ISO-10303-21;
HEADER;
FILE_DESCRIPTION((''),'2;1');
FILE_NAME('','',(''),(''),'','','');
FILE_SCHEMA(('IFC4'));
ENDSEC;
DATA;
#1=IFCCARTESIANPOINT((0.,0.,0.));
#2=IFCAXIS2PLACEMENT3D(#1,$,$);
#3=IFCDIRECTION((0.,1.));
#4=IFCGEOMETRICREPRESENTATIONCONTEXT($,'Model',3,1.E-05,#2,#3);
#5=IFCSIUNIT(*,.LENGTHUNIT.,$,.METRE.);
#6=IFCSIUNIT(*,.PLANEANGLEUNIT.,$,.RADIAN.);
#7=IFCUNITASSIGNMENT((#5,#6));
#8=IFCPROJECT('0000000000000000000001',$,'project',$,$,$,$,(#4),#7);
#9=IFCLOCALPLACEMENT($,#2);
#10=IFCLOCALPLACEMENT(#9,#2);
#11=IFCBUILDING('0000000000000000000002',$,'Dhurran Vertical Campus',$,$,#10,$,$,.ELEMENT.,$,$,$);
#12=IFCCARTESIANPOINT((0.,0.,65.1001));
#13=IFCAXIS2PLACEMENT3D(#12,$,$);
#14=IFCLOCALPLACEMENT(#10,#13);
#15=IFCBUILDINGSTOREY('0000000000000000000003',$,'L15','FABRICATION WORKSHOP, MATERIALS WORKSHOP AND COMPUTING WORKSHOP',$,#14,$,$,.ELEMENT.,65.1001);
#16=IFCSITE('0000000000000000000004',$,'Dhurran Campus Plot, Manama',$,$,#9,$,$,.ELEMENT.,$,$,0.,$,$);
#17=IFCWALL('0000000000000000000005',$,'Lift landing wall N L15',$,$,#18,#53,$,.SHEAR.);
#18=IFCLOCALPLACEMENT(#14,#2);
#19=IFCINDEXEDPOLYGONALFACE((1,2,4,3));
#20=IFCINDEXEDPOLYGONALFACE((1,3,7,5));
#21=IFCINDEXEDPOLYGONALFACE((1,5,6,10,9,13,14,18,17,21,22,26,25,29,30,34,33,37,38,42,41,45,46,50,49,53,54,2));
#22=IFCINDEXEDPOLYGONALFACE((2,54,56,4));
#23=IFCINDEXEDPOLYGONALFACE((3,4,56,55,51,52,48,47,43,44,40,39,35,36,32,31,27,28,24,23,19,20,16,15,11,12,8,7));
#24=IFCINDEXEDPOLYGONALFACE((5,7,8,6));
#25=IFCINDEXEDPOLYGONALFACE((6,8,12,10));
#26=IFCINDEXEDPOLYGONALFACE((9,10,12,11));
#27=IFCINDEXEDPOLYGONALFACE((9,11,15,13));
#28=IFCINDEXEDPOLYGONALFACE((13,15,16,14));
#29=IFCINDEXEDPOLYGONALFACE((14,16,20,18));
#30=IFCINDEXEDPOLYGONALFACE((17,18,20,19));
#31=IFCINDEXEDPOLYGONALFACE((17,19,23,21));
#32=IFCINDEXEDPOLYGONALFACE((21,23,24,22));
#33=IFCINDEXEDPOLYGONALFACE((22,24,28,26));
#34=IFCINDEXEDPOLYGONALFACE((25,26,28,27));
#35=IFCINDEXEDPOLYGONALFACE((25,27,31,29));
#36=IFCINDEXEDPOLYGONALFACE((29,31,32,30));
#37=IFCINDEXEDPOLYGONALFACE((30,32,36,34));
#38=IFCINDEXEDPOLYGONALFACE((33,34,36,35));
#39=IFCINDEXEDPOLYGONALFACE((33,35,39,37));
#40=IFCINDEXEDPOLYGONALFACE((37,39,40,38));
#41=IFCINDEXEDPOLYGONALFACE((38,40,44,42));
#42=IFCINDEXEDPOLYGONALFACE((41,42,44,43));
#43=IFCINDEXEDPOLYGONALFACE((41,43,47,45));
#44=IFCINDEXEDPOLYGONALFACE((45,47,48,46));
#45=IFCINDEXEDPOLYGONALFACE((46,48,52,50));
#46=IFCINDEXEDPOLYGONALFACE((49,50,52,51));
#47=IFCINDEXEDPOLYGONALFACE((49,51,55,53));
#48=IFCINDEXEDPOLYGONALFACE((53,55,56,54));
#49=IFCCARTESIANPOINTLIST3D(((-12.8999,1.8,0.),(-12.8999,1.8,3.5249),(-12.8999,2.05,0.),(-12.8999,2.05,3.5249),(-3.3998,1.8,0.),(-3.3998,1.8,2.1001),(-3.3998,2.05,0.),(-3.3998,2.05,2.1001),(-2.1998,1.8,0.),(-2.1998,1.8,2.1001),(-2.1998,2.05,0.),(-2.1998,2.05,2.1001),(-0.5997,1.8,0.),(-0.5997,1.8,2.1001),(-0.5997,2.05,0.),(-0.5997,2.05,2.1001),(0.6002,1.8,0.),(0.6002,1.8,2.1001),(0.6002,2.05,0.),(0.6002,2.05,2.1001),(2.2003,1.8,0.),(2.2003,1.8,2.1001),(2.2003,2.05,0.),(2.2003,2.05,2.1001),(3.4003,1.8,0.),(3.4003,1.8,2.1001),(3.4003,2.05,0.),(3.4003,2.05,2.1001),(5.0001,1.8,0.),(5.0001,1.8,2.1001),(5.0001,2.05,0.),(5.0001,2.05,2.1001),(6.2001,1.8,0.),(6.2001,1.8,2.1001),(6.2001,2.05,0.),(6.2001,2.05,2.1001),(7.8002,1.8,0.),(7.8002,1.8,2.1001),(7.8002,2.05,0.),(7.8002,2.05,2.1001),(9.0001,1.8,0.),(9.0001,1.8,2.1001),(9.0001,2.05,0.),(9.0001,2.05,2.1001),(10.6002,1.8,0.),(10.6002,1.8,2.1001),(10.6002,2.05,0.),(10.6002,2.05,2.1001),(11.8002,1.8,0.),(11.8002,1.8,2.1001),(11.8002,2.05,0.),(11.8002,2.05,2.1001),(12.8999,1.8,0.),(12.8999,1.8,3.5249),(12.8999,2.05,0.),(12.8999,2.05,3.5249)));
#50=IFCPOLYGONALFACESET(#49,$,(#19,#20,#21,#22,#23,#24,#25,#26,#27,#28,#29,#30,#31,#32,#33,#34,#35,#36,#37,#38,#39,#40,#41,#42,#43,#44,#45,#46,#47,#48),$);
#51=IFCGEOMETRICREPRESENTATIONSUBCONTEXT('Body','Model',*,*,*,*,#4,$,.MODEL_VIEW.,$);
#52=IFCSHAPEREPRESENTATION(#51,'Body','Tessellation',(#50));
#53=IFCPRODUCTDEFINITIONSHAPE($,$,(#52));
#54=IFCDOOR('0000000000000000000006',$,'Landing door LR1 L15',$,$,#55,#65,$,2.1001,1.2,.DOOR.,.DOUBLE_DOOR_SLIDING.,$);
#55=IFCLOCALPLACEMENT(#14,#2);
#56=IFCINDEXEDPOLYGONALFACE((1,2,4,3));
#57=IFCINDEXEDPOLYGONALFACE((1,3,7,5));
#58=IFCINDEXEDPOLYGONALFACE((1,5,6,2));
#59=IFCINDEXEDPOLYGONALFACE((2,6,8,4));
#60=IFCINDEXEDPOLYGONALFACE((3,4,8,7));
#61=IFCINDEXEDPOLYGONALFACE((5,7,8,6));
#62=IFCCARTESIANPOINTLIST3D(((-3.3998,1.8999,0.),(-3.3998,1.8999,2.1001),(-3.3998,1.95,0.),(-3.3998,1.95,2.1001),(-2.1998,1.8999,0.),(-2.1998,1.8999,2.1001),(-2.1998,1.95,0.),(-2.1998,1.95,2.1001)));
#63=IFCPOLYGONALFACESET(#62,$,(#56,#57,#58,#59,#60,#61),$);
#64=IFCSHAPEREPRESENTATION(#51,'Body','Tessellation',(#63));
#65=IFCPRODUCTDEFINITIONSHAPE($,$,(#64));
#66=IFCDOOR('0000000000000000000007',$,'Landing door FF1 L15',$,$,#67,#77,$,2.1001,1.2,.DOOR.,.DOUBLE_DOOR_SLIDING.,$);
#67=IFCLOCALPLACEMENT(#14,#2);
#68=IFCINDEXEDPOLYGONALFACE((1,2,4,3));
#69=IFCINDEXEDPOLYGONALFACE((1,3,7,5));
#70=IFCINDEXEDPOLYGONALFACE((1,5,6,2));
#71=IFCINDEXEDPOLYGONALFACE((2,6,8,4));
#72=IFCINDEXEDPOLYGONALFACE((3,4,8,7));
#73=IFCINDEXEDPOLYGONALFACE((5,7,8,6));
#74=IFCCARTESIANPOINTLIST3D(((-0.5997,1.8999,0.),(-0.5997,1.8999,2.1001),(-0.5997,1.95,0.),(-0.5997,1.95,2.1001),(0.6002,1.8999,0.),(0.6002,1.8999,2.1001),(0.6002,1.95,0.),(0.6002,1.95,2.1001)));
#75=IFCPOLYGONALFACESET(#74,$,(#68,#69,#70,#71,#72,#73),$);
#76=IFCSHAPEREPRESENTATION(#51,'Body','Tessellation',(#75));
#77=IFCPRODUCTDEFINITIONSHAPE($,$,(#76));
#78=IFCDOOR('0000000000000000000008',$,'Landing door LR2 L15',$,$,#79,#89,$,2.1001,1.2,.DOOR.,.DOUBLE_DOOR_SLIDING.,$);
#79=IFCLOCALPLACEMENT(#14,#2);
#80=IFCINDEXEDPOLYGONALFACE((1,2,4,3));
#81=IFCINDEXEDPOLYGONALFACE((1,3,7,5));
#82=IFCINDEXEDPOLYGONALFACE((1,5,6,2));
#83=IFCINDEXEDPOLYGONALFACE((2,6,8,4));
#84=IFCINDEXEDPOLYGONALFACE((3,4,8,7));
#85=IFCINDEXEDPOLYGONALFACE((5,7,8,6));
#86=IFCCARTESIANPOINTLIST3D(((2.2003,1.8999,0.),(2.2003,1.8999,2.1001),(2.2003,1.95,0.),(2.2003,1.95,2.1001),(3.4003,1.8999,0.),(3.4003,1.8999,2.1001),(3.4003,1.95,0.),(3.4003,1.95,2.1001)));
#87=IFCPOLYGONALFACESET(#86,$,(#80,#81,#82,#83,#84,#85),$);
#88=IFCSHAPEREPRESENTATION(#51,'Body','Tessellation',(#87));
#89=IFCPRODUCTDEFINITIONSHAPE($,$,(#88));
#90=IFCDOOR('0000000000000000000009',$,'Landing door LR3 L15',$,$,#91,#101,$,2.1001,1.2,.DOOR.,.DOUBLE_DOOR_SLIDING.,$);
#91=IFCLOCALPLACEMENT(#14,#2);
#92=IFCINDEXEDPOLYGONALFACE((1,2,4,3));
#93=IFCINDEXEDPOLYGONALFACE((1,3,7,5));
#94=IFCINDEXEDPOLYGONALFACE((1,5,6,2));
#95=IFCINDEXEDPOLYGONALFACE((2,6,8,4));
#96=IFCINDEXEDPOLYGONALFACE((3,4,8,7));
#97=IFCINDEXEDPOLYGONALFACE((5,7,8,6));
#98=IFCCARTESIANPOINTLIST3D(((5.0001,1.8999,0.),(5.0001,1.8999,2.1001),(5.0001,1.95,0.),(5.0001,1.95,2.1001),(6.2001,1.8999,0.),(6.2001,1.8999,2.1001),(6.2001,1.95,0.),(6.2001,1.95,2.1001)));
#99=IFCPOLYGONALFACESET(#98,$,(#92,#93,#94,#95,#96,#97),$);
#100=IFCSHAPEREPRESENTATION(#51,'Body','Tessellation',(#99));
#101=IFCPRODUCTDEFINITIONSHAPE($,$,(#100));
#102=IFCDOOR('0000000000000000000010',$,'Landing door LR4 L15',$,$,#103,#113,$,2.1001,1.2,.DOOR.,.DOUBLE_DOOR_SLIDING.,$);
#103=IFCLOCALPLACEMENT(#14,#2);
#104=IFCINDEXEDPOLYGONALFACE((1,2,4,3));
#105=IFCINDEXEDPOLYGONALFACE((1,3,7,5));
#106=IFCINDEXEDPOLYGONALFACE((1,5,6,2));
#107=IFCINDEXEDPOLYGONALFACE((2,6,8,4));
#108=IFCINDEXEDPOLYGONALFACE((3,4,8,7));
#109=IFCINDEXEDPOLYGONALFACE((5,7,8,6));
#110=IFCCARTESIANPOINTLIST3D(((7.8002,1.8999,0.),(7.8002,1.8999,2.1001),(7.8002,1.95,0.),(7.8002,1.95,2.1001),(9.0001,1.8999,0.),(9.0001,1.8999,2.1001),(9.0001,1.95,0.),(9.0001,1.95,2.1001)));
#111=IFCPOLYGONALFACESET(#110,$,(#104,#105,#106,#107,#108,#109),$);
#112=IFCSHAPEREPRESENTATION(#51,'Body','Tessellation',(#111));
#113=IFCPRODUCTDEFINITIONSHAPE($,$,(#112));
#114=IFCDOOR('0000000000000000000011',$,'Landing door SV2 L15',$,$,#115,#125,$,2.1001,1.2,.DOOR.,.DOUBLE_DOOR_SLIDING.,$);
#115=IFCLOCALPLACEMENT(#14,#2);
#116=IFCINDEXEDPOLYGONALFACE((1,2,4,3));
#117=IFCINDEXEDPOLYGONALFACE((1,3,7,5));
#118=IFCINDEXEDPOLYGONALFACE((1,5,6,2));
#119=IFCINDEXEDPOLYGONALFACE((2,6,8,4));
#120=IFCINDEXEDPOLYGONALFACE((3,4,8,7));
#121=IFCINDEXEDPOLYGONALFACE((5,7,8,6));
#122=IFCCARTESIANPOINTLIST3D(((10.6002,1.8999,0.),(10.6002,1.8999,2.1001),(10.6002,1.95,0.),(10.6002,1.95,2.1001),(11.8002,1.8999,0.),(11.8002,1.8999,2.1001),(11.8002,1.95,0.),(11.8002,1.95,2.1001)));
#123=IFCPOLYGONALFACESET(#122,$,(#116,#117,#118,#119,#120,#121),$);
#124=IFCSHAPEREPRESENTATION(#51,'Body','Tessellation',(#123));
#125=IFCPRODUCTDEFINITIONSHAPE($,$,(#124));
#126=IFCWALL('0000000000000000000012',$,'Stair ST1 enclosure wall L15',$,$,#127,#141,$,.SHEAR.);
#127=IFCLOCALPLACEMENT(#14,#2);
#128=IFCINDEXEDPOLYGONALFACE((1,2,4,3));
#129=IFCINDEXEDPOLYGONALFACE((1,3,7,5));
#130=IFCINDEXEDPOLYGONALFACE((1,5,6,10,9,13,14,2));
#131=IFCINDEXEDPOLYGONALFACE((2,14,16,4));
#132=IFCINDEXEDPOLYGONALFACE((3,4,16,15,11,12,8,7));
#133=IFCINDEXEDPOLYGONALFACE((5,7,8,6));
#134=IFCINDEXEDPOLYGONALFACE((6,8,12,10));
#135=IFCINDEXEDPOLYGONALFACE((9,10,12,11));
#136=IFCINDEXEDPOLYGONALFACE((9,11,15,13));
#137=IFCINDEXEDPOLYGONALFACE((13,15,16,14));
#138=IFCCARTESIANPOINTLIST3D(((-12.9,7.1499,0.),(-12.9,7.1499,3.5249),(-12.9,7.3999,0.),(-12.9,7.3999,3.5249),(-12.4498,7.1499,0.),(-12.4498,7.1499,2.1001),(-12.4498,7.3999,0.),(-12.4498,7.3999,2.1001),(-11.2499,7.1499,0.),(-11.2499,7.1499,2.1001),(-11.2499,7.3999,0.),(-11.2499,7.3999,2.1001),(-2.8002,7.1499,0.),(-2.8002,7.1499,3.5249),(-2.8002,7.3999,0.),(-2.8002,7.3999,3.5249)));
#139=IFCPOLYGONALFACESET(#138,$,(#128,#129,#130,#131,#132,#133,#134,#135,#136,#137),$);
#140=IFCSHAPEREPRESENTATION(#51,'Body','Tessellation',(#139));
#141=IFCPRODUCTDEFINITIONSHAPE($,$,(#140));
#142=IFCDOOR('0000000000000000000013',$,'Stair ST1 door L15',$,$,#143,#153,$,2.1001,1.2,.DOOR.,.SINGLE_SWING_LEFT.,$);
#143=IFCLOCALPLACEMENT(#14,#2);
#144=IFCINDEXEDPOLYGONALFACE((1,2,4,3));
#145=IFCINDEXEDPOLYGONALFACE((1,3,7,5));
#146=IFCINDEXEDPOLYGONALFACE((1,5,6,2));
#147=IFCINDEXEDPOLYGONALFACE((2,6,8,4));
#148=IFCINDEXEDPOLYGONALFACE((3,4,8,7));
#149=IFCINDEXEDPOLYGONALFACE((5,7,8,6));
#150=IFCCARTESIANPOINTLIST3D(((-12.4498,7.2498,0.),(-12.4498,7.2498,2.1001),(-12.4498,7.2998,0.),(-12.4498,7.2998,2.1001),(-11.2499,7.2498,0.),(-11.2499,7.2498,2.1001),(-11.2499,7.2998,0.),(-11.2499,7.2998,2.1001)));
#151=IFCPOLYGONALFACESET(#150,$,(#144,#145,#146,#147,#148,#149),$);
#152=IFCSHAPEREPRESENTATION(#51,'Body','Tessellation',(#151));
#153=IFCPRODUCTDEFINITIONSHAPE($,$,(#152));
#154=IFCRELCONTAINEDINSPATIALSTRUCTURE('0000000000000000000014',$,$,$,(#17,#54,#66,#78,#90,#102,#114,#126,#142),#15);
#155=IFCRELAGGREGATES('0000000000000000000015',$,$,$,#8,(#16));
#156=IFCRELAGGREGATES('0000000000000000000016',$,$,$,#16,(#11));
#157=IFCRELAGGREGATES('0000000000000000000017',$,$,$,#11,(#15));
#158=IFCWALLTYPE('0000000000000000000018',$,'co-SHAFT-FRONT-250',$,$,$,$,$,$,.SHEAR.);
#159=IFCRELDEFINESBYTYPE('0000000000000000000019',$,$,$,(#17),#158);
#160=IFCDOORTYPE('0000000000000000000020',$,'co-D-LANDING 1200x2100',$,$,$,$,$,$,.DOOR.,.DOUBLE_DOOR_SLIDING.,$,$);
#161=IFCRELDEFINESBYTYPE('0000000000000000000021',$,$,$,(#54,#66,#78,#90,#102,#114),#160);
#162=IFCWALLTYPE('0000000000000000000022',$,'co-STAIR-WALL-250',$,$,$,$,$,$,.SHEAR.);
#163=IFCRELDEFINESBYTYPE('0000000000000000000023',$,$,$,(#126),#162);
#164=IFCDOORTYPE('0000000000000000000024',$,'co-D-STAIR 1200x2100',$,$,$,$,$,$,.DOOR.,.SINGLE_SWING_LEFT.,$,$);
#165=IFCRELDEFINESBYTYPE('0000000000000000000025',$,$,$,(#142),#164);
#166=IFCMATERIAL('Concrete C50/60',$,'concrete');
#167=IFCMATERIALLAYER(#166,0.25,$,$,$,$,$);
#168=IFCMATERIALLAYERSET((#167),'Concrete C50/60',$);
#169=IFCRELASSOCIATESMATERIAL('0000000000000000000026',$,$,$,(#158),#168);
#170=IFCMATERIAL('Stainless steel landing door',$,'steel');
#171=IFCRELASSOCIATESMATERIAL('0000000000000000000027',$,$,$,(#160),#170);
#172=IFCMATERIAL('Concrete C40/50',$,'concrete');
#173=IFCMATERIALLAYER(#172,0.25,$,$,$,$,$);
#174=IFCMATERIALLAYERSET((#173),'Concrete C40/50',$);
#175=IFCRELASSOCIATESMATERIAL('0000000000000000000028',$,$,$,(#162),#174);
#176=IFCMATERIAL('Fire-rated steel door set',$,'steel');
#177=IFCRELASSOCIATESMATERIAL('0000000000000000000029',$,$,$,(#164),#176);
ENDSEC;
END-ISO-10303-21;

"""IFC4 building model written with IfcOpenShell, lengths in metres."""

from ifc_helpers import new_model, si_unit, direction, frame, frame_2d, origin, place, context, subcontext, project, spatial, rectangle, extrude, material, layer, layer_set, type_object, element, fill, save


model = new_model("IFC4")

# Units and contexts
model_context = context("Model", 3, precision=1e-05, world=origin(), true_north=direction((0.0, 1.0)))
body_context = subcontext(model_context, "Body", "Model", "MODEL_VIEW")
ifc_project = project(units=[si_unit("LENGTHUNIT", "METRE"), si_unit("PLANEANGLEUNIT", "RADIAN")], contexts=[model_context])

# Site, building, storey
site_placement = place(None, origin())
site = spatial("IfcSite", under=ifc_project, at=site_placement, Name="Dhurran Campus Plot, Manama", CompositionType="ELEMENT", RefElevation=0.0)
building_placement = place(site_placement, origin())
building = spatial("IfcBuilding", under=site, at=building_placement, Name="Dhurran Vertical Campus", CompositionType="ELEMENT")
storey_placement = place(building_placement, frame((0.0, 0.0, 65.1001)))
storey = spatial("IfcBuildingStorey", under=building, at=storey_placement, Name="L15", Description="FABRICATION WORKSHOP, MATERIALS WORKSHOP AND COMPUTING WORKSHOP", CompositionType="ELEMENT", Elevation=65.1001)

# Wall, openings, doors
ifc_material_1 = material(Name="Concrete C50/60", Category="concrete")
ifc_layer_1 = layer(ifc_material_1, 0.25)
ifc_layer_set_1 = layer_set([ifc_layer_1], Name="Concrete C50/60")
wall_type_1 = type_object("IfcWallType", Name="co-SHAFT-FRONT-250", PredefinedType="SHEAR", material=ifc_layer_set_1)
wall_1_placement = place(storey_placement, frame((-12.8999, 1.925, 0.0), z_axis=(0.0, 0.0, 1.0), x_axis=(1.0, 0.0, 0.0)))
wall_1 = element("IfcWall", 1, at=wall_1_placement, inside=storey, type_object=wall_type_1, Name="Lift landing wall N L15", PredefinedType="SHEAR", context=body_context, shape_type="SweptSolid", body=[
    extrude(rectangle(XDim=25.7998, YDim=0.25, at=frame_2d((12.8999, 0.0))), origin(), (0.0, 0.0, 1.0), 3.5249),
])
opening_1_placement = place(wall_1_placement, frame((9.5, 0.0, 0.0)))
opening_1 = element("IfcOpeningElement", 2, at=opening_1_placement, cuts=wall_1, PredefinedType="OPENING", context=body_context, shape_type="SweptSolid", body=[
    extrude(rectangle(XDim=1.2, YDim=2.1001, at=frame_2d((0.6001, 1.05))), frame((0.0, 0.135, 0.0), z_axis=(0.0, -1.0, 0.0), x_axis=(1.0, 0.0, 0.0)), (0.0, 0.0, 1.0), 0.27),
])
opening_2_placement = place(wall_1_placement, frame((12.3, 0.0, 0.0)))
opening_2 = element("IfcOpeningElement", 3, at=opening_2_placement, cuts=wall_1, PredefinedType="OPENING", context=body_context, shape_type="SweptSolid", body=[
    extrude(rectangle(XDim=1.2, YDim=2.1001, at=frame_2d((0.6001, 1.05))), frame((0.0, 0.135, 0.0), z_axis=(0.0, -1.0, 0.0), x_axis=(1.0, 0.0, 0.0)), (0.0, 0.0, 1.0), 0.27),
])
opening_3_placement = place(wall_1_placement, frame((15.1001, 0.0, 0.0)))
opening_3 = element("IfcOpeningElement", 4, at=opening_3_placement, cuts=wall_1, PredefinedType="OPENING", context=body_context, shape_type="SweptSolid", body=[
    extrude(rectangle(XDim=1.2, YDim=2.1001, at=frame_2d((0.6001, 1.05))), frame((0.0, 0.135, 0.0), z_axis=(0.0, -1.0, 0.0), x_axis=(1.0, 0.0, 0.0)), (0.0, 0.0, 1.0), 0.27),
])
opening_4_placement = place(wall_1_placement, frame((17.8999, 0.0, 0.0)))
opening_4 = element("IfcOpeningElement", 5, at=opening_4_placement, cuts=wall_1, PredefinedType="OPENING", context=body_context, shape_type="SweptSolid", body=[
    extrude(rectangle(XDim=1.2, YDim=2.1001, at=frame_2d((0.6001, 1.05))), frame((0.0, 0.135, 0.0), z_axis=(0.0, -1.0, 0.0), x_axis=(1.0, 0.0, 0.0)), (0.0, 0.0, 1.0), 0.27),
])
opening_5_placement = place(wall_1_placement, frame((20.7, 0.0, 0.0)))
opening_5 = element("IfcOpeningElement", 6, at=opening_5_placement, cuts=wall_1, PredefinedType="OPENING", context=body_context, shape_type="SweptSolid", body=[
    extrude(rectangle(XDim=1.2, YDim=2.1001, at=frame_2d((0.6001, 1.05))), frame((0.0, 0.135, 0.0), z_axis=(0.0, -1.0, 0.0), x_axis=(1.0, 0.0, 0.0)), (0.0, 0.0, 1.0), 0.27),
])
opening_6_placement = place(wall_1_placement, frame((23.5, 0.0, 0.0)))
opening_6 = element("IfcOpeningElement", 7, at=opening_6_placement, cuts=wall_1, PredefinedType="OPENING", context=body_context, shape_type="SweptSolid", body=[
    extrude(rectangle(XDim=1.2, YDim=2.1001, at=frame_2d((0.6001, 1.05))), frame((0.0, 0.135, 0.0), z_axis=(0.0, -1.0, 0.0), x_axis=(1.0, 0.0, 0.0)), (0.0, 0.0, 1.0), 0.27),
])
ifc_material_2 = material(Name="Stainless steel landing door", Category="steel")
door_type_1 = type_object("IfcDoorType", Name="co-D-LANDING 1200x2100", OperationType="DOUBLE_DOOR_SLIDING", PredefinedType="DOOR", material=ifc_material_2)
door_1_placement = place(opening_1_placement, origin())
door_1 = element("IfcDoor", 8, at=door_1_placement, inside=storey, type_object=door_type_1, Name="Landing door LR1 L15", OperationType="DOUBLE_DOOR_SLIDING", OverallHeight=2.1001, OverallWidth=1.2, PredefinedType="DOOR", context=body_context, shape_type="SweptSolid", body=[
    extrude(rectangle(XDim=1.2, YDim=2.1001, at=frame_2d((0.6001, 1.05))), frame((0.0, 0.0249, 0.0), z_axis=(0.0, -1.0, 0.0), x_axis=(1.0, 0.0, 0.0)), (0.0, 0.0, 1.0), 0.05),
])
fill(opening_1, door_1)
door_2_placement = place(opening_2_placement, origin())
door_2 = element("IfcDoor", 9, at=door_2_placement, inside=storey, type_object=door_type_1, Name="Landing door FF1 L15", OperationType="DOUBLE_DOOR_SLIDING", OverallHeight=2.1001, OverallWidth=1.2, PredefinedType="DOOR", context=body_context, shape_type="SweptSolid", body=[
    extrude(rectangle(XDim=1.2, YDim=2.1001, at=frame_2d((0.6001, 1.05))), frame((0.0, 0.0249, 0.0), z_axis=(0.0, -1.0, 0.0), x_axis=(1.0, 0.0, 0.0)), (0.0, 0.0, 1.0), 0.05),
])
fill(opening_2, door_2)
door_3_placement = place(opening_3_placement, origin())
door_3 = element("IfcDoor", 10, at=door_3_placement, inside=storey, type_object=door_type_1, Name="Landing door LR2 L15", OperationType="DOUBLE_DOOR_SLIDING", OverallHeight=2.1001, OverallWidth=1.2, PredefinedType="DOOR", context=body_context, shape_type="SweptSolid", body=[
    extrude(rectangle(XDim=1.2, YDim=2.1001, at=frame_2d((0.6001, 1.05))), frame((0.0, 0.0249, 0.0), z_axis=(0.0, -1.0, 0.0), x_axis=(1.0, 0.0, 0.0)), (0.0, 0.0, 1.0), 0.05),
])
fill(opening_3, door_3)
door_4_placement = place(opening_4_placement, origin())
door_4 = element("IfcDoor", 11, at=door_4_placement, inside=storey, type_object=door_type_1, Name="Landing door LR3 L15", OperationType="DOUBLE_DOOR_SLIDING", OverallHeight=2.1001, OverallWidth=1.2, PredefinedType="DOOR", context=body_context, shape_type="SweptSolid", body=[
    extrude(rectangle(XDim=1.2, YDim=2.1001, at=frame_2d((0.6001, 1.05))), frame((0.0, 0.0249, 0.0), z_axis=(0.0, -1.0, 0.0), x_axis=(1.0, 0.0, 0.0)), (0.0, 0.0, 1.0), 0.05),
])
fill(opening_4, door_4)
door_5_placement = place(opening_5_placement, origin())
door_5 = element("IfcDoor", 12, at=door_5_placement, inside=storey, type_object=door_type_1, Name="Landing door LR4 L15", OperationType="DOUBLE_DOOR_SLIDING", OverallHeight=2.1001, OverallWidth=1.2, PredefinedType="DOOR", context=body_context, shape_type="SweptSolid", body=[
    extrude(rectangle(XDim=1.2, YDim=2.1001, at=frame_2d((0.6001, 1.05))), frame((0.0, 0.0249, 0.0), z_axis=(0.0, -1.0, 0.0), x_axis=(1.0, 0.0, 0.0)), (0.0, 0.0, 1.0), 0.05),
])
fill(opening_5, door_5)
door_6_placement = place(opening_6_placement, origin())
door_6 = element("IfcDoor", 13, at=door_6_placement, inside=storey, type_object=door_type_1, Name="Landing door SV2 L15", OperationType="DOUBLE_DOOR_SLIDING", OverallHeight=2.1001, OverallWidth=1.2, PredefinedType="DOOR", context=body_context, shape_type="SweptSolid", body=[
    extrude(rectangle(XDim=1.2, YDim=2.1001, at=frame_2d((0.6001, 1.05))), frame((0.0, 0.0249, 0.0), z_axis=(0.0, -1.0, 0.0), x_axis=(1.0, 0.0, 0.0)), (0.0, 0.0, 1.0), 0.05),
])
fill(opening_6, door_6)

# Wall, opening, door
ifc_material_3 = material(Name="Concrete C40/50", Category="concrete")
ifc_layer_2 = layer(ifc_material_3, 0.25)
ifc_layer_set_2 = layer_set([ifc_layer_2], Name="Concrete C40/50")
wall_type_2 = type_object("IfcWallType", Name="co-STAIR-WALL-250", PredefinedType="SHEAR", material=ifc_layer_set_2)
wall_2_placement = place(storey_placement, frame((-12.8999, 7.2749, 0.0), z_axis=(0.0, 0.0, 1.0), x_axis=(1.0, 0.0, 0.0)))
wall_2 = element("IfcWall", 14, at=wall_2_placement, inside=storey, type_object=wall_type_2, Name="Stair ST1 enclosure wall L15", PredefinedType="SHEAR", context=body_context, shape_type="SweptSolid", body=[
    extrude(rectangle(XDim=10.0999, YDim=0.25, at=frame_2d((5.0498, 0.0))), origin(), (0.0, 0.0, 1.0), 3.5249),
])
opening_7_placement = place(wall_2_placement, frame((0.45, 0.0, 0.0)))
opening_7 = element("IfcOpeningElement", 15, at=opening_7_placement, cuts=wall_2, PredefinedType="OPENING", context=body_context, shape_type="SweptSolid", body=[
    extrude(rectangle(XDim=1.2, YDim=2.1001, at=frame_2d((0.6001, 1.05))), frame((0.0, 0.135, 0.0), z_axis=(0.0, -1.0, 0.0), x_axis=(1.0, 0.0, 0.0)), (0.0, 0.0, 1.0), 0.27),
])
ifc_material_4 = material(Name="Fire-rated steel door set", Category="steel")
door_type_2 = type_object("IfcDoorType", Name="co-D-STAIR 1200x2100", OperationType="SINGLE_SWING_LEFT", PredefinedType="DOOR", material=ifc_material_4)
door_7_placement = place(opening_7_placement, origin())
door_7 = element("IfcDoor", 16, at=door_7_placement, inside=storey, type_object=door_type_2, Name="Stair ST1 door L15", OperationType="SINGLE_SWING_LEFT", OverallHeight=2.1001, OverallWidth=1.2, PredefinedType="DOOR", context=body_context, shape_type="SweptSolid", body=[
    extrude(rectangle(XDim=1.2, YDim=2.1001, at=frame_2d((0.6001, 1.05))), frame((0.0, 0.0249, 0.0), z_axis=(0.0, -1.0, 0.0), x_axis=(1.0, 0.0, 0.0)), (0.0, 0.0, 1.0), 0.05),
])
fill(opening_7, door_7)

save(model, "model.ifc")
